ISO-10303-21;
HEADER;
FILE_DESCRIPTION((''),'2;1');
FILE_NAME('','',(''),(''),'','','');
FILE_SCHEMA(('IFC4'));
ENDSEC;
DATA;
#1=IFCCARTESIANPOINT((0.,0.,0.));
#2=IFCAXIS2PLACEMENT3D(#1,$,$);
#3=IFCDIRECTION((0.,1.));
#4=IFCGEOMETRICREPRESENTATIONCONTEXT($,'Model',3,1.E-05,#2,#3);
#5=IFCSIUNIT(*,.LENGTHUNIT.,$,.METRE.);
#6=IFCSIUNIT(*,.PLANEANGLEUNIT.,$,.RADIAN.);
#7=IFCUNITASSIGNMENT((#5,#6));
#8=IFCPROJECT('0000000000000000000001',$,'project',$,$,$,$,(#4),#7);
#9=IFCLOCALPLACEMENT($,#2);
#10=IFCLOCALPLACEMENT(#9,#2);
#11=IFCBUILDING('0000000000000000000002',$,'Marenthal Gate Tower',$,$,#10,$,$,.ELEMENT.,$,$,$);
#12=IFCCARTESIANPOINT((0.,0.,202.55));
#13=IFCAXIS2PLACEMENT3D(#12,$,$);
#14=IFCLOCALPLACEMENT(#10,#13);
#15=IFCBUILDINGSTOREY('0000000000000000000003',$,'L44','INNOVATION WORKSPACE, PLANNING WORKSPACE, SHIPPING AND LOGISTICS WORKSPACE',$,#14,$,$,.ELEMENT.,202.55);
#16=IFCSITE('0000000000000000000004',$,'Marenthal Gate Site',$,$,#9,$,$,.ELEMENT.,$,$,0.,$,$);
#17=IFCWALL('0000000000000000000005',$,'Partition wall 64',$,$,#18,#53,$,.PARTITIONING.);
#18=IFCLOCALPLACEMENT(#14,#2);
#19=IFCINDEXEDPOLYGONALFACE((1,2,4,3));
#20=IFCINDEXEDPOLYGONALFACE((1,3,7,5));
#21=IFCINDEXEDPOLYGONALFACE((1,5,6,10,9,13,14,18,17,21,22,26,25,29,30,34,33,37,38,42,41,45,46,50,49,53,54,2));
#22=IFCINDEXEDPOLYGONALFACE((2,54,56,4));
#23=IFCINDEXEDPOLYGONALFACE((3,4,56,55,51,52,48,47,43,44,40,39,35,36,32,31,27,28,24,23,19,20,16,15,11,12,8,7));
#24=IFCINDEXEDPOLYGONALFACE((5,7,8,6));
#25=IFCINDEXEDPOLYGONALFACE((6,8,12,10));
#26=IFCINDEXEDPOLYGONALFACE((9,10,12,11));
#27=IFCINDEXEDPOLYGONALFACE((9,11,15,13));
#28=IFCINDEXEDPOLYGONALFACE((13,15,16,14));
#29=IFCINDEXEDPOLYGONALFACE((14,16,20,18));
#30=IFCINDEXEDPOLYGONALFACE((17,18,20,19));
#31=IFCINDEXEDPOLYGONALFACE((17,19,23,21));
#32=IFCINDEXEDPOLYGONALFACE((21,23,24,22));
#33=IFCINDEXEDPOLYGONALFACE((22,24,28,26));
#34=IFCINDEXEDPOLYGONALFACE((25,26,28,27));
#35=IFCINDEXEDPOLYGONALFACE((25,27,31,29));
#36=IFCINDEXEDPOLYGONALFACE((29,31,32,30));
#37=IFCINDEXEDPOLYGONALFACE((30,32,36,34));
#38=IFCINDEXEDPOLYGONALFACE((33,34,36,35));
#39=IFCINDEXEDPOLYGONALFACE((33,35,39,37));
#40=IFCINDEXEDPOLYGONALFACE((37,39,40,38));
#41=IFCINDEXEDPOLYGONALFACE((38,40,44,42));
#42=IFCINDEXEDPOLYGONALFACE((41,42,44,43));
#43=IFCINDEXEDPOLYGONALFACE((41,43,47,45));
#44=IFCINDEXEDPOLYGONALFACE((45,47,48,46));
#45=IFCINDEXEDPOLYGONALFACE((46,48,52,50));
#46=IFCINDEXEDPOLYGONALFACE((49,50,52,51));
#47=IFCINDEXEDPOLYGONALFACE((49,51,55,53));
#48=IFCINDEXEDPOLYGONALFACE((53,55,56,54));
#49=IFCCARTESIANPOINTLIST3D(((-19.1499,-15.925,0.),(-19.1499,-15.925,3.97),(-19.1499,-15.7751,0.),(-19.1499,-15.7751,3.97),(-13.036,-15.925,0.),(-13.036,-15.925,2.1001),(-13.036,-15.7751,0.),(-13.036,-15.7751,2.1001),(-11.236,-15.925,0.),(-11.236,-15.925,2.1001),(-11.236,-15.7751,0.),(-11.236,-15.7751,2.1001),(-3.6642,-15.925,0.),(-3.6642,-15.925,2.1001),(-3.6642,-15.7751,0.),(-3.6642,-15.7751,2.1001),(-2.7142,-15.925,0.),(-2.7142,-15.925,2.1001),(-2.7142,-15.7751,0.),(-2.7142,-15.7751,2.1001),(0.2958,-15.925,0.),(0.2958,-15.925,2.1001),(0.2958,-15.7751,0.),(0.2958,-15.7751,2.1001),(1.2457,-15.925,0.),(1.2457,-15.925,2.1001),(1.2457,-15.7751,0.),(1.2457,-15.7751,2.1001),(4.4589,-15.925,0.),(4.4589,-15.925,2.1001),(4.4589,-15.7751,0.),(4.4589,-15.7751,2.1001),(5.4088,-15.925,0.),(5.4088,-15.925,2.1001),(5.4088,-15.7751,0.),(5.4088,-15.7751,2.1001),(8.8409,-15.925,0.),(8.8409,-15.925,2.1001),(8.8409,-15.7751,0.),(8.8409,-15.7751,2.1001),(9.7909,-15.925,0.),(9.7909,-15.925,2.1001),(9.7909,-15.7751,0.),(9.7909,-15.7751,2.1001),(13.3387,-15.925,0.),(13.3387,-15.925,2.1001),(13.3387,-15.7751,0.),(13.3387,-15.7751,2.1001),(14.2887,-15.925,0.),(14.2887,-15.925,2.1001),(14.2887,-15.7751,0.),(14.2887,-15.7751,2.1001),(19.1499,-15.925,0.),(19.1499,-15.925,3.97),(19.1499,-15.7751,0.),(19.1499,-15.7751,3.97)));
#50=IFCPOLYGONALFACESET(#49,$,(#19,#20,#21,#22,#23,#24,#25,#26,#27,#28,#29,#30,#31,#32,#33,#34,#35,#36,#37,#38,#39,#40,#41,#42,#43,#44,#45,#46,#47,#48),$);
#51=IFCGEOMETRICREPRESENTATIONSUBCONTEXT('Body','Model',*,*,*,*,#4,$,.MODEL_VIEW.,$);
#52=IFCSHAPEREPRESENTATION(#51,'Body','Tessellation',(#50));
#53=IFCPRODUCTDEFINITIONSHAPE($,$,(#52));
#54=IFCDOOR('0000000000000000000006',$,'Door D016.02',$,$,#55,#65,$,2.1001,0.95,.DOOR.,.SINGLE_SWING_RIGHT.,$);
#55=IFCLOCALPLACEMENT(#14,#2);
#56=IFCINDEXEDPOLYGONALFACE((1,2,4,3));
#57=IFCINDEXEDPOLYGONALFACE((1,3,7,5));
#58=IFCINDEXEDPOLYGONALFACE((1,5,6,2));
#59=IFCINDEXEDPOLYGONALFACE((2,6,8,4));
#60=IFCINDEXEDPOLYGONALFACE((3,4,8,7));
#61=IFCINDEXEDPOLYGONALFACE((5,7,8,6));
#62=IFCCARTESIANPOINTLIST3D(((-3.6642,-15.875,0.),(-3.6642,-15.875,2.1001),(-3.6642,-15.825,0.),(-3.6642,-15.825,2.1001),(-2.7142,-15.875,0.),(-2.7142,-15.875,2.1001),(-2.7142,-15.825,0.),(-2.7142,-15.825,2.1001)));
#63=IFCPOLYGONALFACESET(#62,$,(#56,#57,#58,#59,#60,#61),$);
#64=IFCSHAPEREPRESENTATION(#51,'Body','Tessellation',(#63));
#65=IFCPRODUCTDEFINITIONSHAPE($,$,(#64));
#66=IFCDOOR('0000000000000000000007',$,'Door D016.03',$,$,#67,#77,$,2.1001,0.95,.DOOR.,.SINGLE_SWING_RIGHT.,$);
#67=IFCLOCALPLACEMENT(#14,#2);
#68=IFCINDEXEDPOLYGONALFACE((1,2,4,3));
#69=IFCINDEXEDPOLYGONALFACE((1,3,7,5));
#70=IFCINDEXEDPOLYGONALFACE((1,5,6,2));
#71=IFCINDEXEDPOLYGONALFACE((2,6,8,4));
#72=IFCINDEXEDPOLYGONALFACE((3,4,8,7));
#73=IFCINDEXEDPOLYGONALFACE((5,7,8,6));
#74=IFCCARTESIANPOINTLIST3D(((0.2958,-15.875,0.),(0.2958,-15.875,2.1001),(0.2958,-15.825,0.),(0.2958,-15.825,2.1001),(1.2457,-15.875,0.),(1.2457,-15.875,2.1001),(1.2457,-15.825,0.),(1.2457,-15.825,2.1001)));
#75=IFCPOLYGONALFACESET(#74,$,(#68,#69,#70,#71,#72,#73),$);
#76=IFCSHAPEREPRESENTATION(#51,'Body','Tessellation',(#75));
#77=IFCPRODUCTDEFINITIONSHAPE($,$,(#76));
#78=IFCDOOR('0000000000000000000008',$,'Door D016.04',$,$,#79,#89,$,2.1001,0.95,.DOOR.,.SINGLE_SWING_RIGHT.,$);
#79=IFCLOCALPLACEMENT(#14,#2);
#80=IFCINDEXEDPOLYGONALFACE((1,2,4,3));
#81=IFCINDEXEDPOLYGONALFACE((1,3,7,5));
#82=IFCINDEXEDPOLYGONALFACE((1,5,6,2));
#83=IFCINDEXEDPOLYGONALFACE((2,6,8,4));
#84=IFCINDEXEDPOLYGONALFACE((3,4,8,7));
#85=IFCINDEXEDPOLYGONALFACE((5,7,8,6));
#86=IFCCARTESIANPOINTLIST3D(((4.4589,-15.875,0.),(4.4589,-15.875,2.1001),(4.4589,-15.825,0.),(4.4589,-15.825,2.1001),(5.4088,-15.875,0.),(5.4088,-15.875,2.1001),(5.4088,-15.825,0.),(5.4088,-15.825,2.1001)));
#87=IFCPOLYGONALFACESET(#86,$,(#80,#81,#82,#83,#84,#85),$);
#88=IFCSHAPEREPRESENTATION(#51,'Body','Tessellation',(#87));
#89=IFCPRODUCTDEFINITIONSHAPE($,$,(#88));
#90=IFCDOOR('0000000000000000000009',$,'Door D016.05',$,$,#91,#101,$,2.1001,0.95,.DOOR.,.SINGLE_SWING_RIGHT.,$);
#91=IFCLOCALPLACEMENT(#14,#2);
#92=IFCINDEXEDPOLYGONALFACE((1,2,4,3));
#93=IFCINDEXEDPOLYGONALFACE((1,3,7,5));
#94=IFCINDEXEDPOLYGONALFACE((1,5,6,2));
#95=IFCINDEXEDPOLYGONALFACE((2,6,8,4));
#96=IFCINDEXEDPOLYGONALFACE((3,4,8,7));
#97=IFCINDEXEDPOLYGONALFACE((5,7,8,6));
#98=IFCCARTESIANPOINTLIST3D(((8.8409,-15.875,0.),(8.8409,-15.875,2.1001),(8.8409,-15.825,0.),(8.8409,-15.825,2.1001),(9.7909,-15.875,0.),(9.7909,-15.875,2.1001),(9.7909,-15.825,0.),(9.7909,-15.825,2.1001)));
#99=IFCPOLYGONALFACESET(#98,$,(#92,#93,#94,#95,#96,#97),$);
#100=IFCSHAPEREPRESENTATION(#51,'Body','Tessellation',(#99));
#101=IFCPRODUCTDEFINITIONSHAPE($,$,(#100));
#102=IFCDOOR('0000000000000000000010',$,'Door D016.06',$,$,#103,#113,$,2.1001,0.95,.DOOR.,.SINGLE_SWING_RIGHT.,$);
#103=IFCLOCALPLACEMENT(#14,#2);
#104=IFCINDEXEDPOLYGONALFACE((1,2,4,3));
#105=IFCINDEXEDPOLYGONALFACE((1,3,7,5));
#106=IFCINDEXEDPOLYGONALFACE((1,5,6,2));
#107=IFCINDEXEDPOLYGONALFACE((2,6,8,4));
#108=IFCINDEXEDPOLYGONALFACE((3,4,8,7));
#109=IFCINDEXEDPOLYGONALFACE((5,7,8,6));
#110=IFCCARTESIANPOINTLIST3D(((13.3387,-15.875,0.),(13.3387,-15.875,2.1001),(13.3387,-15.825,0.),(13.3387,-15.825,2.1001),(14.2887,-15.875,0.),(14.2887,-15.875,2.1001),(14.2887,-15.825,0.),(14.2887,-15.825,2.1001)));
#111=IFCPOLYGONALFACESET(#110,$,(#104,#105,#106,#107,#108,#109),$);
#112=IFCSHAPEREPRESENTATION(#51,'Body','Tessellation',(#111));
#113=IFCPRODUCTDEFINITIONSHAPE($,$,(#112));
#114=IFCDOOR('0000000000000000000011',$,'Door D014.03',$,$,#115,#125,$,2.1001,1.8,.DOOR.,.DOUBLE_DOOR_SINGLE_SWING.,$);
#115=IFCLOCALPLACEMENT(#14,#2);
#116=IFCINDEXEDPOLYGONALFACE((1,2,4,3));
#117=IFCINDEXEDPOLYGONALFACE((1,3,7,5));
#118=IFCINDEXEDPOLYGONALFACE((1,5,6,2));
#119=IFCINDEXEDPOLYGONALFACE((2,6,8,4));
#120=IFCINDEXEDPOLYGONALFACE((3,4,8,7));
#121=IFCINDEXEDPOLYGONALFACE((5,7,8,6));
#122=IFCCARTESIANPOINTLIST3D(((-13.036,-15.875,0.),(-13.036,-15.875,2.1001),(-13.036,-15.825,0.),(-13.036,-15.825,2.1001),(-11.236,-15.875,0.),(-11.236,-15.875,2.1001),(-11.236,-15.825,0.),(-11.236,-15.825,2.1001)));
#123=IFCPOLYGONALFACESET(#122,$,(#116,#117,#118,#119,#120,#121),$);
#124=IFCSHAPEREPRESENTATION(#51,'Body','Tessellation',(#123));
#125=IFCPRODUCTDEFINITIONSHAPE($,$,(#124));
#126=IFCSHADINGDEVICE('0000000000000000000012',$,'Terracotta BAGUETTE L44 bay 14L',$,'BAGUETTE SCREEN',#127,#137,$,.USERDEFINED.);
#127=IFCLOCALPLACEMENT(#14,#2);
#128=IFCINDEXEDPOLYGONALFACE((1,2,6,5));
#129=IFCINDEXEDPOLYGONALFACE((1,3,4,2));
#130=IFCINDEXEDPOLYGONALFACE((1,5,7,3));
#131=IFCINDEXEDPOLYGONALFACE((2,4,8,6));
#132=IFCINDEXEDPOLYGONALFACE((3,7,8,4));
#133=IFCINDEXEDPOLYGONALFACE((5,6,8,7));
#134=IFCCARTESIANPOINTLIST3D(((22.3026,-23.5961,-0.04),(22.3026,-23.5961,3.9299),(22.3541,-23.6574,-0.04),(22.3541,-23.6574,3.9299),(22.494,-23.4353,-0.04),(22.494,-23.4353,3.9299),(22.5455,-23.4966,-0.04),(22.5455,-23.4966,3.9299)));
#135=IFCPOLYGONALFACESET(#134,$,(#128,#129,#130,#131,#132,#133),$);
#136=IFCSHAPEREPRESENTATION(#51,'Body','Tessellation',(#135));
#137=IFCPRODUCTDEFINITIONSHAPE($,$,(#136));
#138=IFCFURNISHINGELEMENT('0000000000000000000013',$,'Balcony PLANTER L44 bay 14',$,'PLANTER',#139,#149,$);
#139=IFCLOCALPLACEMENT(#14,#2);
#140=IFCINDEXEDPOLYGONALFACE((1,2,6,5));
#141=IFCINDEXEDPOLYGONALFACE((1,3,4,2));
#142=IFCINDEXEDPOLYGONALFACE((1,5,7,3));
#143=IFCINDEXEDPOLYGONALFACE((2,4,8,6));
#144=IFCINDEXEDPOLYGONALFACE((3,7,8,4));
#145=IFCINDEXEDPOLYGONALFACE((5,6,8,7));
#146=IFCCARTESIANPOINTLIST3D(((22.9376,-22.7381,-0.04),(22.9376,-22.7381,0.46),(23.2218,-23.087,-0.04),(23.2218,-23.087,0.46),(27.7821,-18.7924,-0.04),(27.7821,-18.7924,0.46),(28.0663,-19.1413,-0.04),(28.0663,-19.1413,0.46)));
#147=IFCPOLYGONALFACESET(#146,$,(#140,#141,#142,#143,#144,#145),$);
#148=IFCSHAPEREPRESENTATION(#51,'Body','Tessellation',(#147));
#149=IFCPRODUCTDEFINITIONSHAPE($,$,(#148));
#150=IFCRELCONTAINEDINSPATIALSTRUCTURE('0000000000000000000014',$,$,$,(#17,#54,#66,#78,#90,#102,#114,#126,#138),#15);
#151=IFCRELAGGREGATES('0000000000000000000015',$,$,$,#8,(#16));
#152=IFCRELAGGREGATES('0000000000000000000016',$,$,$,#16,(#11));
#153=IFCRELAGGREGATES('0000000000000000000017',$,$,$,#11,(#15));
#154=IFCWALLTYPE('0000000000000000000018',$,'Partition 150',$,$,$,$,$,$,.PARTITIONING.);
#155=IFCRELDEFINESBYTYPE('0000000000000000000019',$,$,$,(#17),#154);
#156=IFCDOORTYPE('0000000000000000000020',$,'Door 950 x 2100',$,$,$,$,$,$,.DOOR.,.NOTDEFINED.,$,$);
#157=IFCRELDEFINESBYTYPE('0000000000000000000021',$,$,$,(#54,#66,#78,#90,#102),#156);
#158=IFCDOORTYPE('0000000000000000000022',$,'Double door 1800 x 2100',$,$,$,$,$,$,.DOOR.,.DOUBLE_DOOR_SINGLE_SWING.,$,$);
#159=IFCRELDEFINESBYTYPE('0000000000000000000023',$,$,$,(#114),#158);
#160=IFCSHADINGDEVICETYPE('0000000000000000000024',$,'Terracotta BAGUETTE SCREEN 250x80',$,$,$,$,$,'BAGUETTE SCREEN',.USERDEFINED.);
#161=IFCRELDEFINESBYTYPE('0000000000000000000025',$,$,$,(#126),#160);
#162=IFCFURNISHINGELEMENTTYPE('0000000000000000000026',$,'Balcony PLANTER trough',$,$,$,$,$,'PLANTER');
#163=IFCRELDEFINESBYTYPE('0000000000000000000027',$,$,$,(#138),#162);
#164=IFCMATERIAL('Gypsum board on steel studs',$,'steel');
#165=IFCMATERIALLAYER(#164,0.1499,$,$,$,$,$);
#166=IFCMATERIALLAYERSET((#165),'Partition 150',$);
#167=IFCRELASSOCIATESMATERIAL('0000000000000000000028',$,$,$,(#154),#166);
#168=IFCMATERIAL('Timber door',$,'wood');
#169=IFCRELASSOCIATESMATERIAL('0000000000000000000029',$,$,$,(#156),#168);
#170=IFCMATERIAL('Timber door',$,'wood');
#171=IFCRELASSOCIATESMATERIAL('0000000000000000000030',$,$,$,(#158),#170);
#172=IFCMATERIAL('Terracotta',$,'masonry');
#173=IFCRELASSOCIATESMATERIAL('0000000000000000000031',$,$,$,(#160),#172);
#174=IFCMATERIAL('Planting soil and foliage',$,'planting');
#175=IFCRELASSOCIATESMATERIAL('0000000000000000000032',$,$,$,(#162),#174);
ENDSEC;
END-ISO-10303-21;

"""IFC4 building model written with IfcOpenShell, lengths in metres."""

from ifc_helpers import new_model, si_unit, direction, frame, frame_2d, origin, origin_2d, place, context, subcontext, project, spatial, rectangle, extrude, material, layer, layer_set, material_profile, profile_set, type_object, element, fill, save


model = new_model("IFC4")

# Units and contexts
model_context = context("Model", 3, precision=1e-05, world=origin(), true_north=direction((0.0, 1.0)))
body_context = subcontext(model_context, "Body", "Model", "MODEL_VIEW")
ifc_project = project(units=[si_unit("LENGTHUNIT", "METRE"), si_unit("PLANEANGLEUNIT", "RADIAN")], contexts=[model_context])

# Site, building, storey
site_placement = place(None, origin())
site = spatial("IfcSite", under=ifc_project, at=site_placement, Name="Marenthal Gate Site", CompositionType="ELEMENT", RefElevation=0.0)
building_placement = place(site_placement, origin())
building = spatial("IfcBuilding", under=site, at=building_placement, Name="Marenthal Gate Tower", CompositionType="ELEMENT")
storey_placement = place(building_placement, frame((0.0, 0.0, 202.55)))
storey = spatial("IfcBuildingStorey", under=building, at=storey_placement, Name="L44", Description="INNOVATION WORKSPACE, PLANNING WORKSPACE, SHIPPING AND LOGISTICS WORKSPACE", CompositionType="ELEMENT", Elevation=202.55)

# Wall, openings, doors
ifc_material_1 = material(Name="Gypsum board on steel studs", Category="steel")
ifc_layer_1 = layer(ifc_material_1, 0.1499)
ifc_layer_set_1 = layer_set([ifc_layer_1], Name="Partition 150")
wall_type_1 = type_object("IfcWallType", Name="Partition 150", PredefinedType="PARTITIONING", material=ifc_layer_set_1)
wall_1_placement = place(storey_placement, frame((19.1499, -15.8501, 0.0), z_axis=(0.0, 0.0, 1.0), x_axis=(-1.0, 0.0, 0.0)))
wall_1 = element("IfcWall", 1, at=wall_1_placement, inside=storey, type_object=wall_type_1, Name="Partition wall 64", PredefinedType="PARTITIONING", context=body_context, shape_type="SweptSolid", body=[
    extrude(rectangle(XDim=38.2998, YDim=0.1499, at=frame_2d((19.1499, 0.0))), origin(), (0.0, 0.0, 1.0), 3.97),
])
opening_1_placement = place(wall_1_placement, frame((30.386, 0.0, 0.0)))
opening_1 = element("IfcOpeningElement", 2, at=opening_1_placement, cuts=wall_1, PredefinedType="OPENING", context=body_context, shape_type="SweptSolid", body=[
    extrude(rectangle(XDim=1.8, YDim=2.1001, at=frame_2d((0.8999, 1.05))), frame((0.0, 0.085, 0.0), z_axis=(0.0, -1.0, 0.0), x_axis=(1.0, 0.0, 0.0)), (0.0, 0.0, 1.0), 0.1699),
])
opening_2_placement = place(wall_1_placement, frame((21.864, 0.0, 0.0)))
opening_2 = element("IfcOpeningElement", 3, at=opening_2_placement, cuts=wall_1, PredefinedType="OPENING", context=body_context, shape_type="SweptSolid", body=[
    extrude(rectangle(XDim=0.95, YDim=2.1001, at=frame_2d((0.4751, 1.05))), frame((0.0, 0.085, 0.0), z_axis=(0.0, -1.0, 0.0), x_axis=(1.0, 0.0, 0.0)), (0.0, 0.0, 1.0), 0.1699),
])
opening_3_placement = place(wall_1_placement, frame((17.9041, 0.0, 0.0)))
opening_3 = element("IfcOpeningElement", 4, at=opening_3_placement, cuts=wall_1, PredefinedType="OPENING", context=body_context, shape_type="SweptSolid", body=[
    extrude(rectangle(XDim=0.95, YDim=2.1001, at=frame_2d((0.4751, 1.05))), frame((0.0, 0.085, 0.0), z_axis=(0.0, -1.0, 0.0), x_axis=(1.0, 0.0, 0.0)), (0.0, 0.0, 1.0), 0.1699),
])
opening_4_placement = place(wall_1_placement, frame((13.741, 0.0, 0.0)))
opening_4 = element("IfcOpeningElement", 5, at=opening_4_placement, cuts=wall_1, PredefinedType="OPENING", context=body_context, shape_type="SweptSolid", body=[
    extrude(rectangle(XDim=0.95, YDim=2.1001, at=frame_2d((0.4751, 1.05))), frame((0.0, 0.085, 0.0), z_axis=(0.0, -1.0, 0.0), x_axis=(1.0, 0.0, 0.0)), (0.0, 0.0, 1.0), 0.1699),
])
opening_5_placement = place(wall_1_placement, frame((9.3589, 0.0, 0.0)))
opening_5 = element("IfcOpeningElement", 6, at=opening_5_placement, cuts=wall_1, PredefinedType="OPENING", context=body_context, shape_type="SweptSolid", body=[
    extrude(rectangle(XDim=0.95, YDim=2.1001, at=frame_2d((0.4751, 1.05))), frame((0.0, 0.085, 0.0), z_axis=(0.0, -1.0, 0.0), x_axis=(1.0, 0.0, 0.0)), (0.0, 0.0, 1.0), 0.1699),
])
opening_6_placement = place(wall_1_placement, frame((4.8611, 0.0, 0.0)))
opening_6 = element("IfcOpeningElement", 7, at=opening_6_placement, cuts=wall_1, PredefinedType="OPENING", context=body_context, shape_type="SweptSolid", body=[
    extrude(rectangle(XDim=0.95, YDim=2.1001, at=frame_2d((0.4751, 1.05))), frame((0.0, 0.085, 0.0), z_axis=(0.0, -1.0, 0.0), x_axis=(1.0, 0.0, 0.0)), (0.0, 0.0, 1.0), 0.1699),
])
ifc_material_2 = material(Name="Timber door", Category="wood")
door_type_1 = type_object("IfcDoorType", Name="Door 950 x 2100", OperationType="NOTDEFINED", PredefinedType="DOOR", material=ifc_material_2)
door_1_placement = place(opening_2_placement, origin())
door_1 = element("IfcDoor", 8, at=door_1_placement, inside=storey, type_object=door_type_1, Name="Door D016.02", OperationType="SINGLE_SWING_RIGHT", OverallHeight=2.1001, OverallWidth=0.95, PredefinedType="DOOR", context=body_context, shape_type="SweptSolid", body=[
    extrude(rectangle(XDim=0.95, YDim=2.1001, at=frame_2d((0.4751, 1.05))), frame((0.0, 0.0249, 0.0), z_axis=(0.0, -1.0, 0.0), x_axis=(1.0, 0.0, 0.0)), (0.0, 0.0, 1.0), 0.05),
])
fill(opening_2, door_1)
door_2_placement = place(opening_3_placement, origin())
door_2 = element("IfcDoor", 9, at=door_2_placement, inside=storey, type_object=door_type_1, Name="Door D016.03", OperationType="SINGLE_SWING_RIGHT", OverallHeight=2.1001, OverallWidth=0.95, PredefinedType="DOOR", context=body_context, shape_type="SweptSolid", body=[
    extrude(rectangle(XDim=0.95, YDim=2.1001, at=frame_2d((0.4751, 1.05))), frame((0.0, 0.0249, 0.0), z_axis=(0.0, -1.0, 0.0), x_axis=(1.0, 0.0, 0.0)), (0.0, 0.0, 1.0), 0.05),
])
fill(opening_3, door_2)
door_3_placement = place(opening_4_placement, origin())
door_3 = element("IfcDoor", 10, at=door_3_placement, inside=storey, type_object=door_type_1, Name="Door D016.04", OperationType="SINGLE_SWING_RIGHT", OverallHeight=2.1001, OverallWidth=0.95, PredefinedType="DOOR", context=body_context, shape_type="SweptSolid", body=[
    extrude(rectangle(XDim=0.95, YDim=2.1001, at=frame_2d((0.4751, 1.05))), frame((0.0, 0.0249, 0.0), z_axis=(0.0, -1.0, 0.0), x_axis=(1.0, 0.0, 0.0)), (0.0, 0.0, 1.0), 0.05),
])
fill(opening_4, door_3)
door_4_placement = place(opening_5_placement, origin())
door_4 = element("IfcDoor", 11, at=door_4_placement, inside=storey, type_object=door_type_1, Name="Door D016.05", OperationType="SINGLE_SWING_RIGHT", OverallHeight=2.1001, OverallWidth=0.95, PredefinedType="DOOR", context=body_context, shape_type="SweptSolid", body=[
    extrude(rectangle(XDim=0.95, YDim=2.1001, at=frame_2d((0.4751, 1.05))), frame((0.0, 0.0249, 0.0), z_axis=(0.0, -1.0, 0.0), x_axis=(1.0, 0.0, 0.0)), (0.0, 0.0, 1.0), 0.05),
])
fill(opening_5, door_4)
door_5_placement = place(opening_6_placement, origin())
door_5 = element("IfcDoor", 12, at=door_5_placement, inside=storey, type_object=door_type_1, Name="Door D016.06", OperationType="SINGLE_SWING_RIGHT", OverallHeight=2.1001, OverallWidth=0.95, PredefinedType="DOOR", context=body_context, shape_type="SweptSolid", body=[
    extrude(rectangle(XDim=0.95, YDim=2.1001, at=frame_2d((0.4751, 1.05))), frame((0.0, 0.0249, 0.0), z_axis=(0.0, -1.0, 0.0), x_axis=(1.0, 0.0, 0.0)), (0.0, 0.0, 1.0), 0.05),
])
fill(opening_6, door_5)
ifc_material_3 = material(Name="Timber door", Category="wood")
door_type_2 = type_object("IfcDoorType", Name="Double door 1800 x 2100", OperationType="DOUBLE_DOOR_SINGLE_SWING", PredefinedType="DOOR", material=ifc_material_3)
door_6_placement = place(opening_1_placement, origin())
door_6 = element("IfcDoor", 13, at=door_6_placement, inside=storey, type_object=door_type_2, Name="Door D014.03", OperationType="DOUBLE_DOOR_SINGLE_SWING", OverallHeight=2.1001, OverallWidth=1.8, PredefinedType="DOOR", context=body_context, shape_type="SweptSolid", body=[
    extrude(rectangle(XDim=1.8, YDim=2.1001, at=frame_2d((0.8999, 1.05))), frame((0.0, 0.0249, 0.0), z_axis=(0.0, -1.0, 0.0), x_axis=(1.0, 0.0, 0.0)), (0.0, 0.0, 1.0), 0.05),
])
fill(opening_1, door_6)

# Shading device
ifc_material_4 = material(Name="Terracotta", Category="masonry")
ifc_material_profile_1 = material_profile(ifc_material_4, rectangle(XDim=0.25, YDim=0.0801, at=origin_2d()), Name="Terracotta baguette 250x80")
ifc_profile_set_1 = profile_set([ifc_material_profile_1], Name="Terracotta")
shading_device_type = type_object("IfcShadingDeviceType", Name="Terracotta BAGUETTE SCREEN 250x80", ElementType="BAGUETTE SCREEN", PredefinedType="USERDEFINED", material=ifc_profile_set_1)
shading_device_placement = place(storey_placement, frame((22.4241, -23.5464, -0.04), z_axis=(0.0, 0.0, 1.0), x_axis=(0.765705, 0.643192, 0.0)))
element("IfcShadingDevice", 14, at=shading_device_placement, inside=storey, type_object=shading_device_type, Name="Terracotta BAGUETTE L44 bay 14L", ObjectType="BAGUETTE SCREEN", PredefinedType="USERDEFINED", context=body_context, shape_type="SweptSolid", body=[
    extrude(rectangle(XDim=0.25, YDim=0.0801, at=origin_2d()), origin(), (0.0, 0.0, 1.0), 3.97),
])

# Furnishing element
ifc_material_5 = material(Name="Planting soil and foliage", Category="planting")
furnishing_element_type = type_object("IfcFurnishingElementType", Name="Balcony PLANTER trough", ElementType="PLANTER", material=ifc_material_5)
furnishing_placement = place(storey_placement, frame((25.502, -20.9397, -0.04), z_axis=(0.0, 0.0, 1.0), x_axis=(0.77536, 0.63152, 0.0)))
element("IfcFurnishingElement", 15, at=furnishing_placement, inside=storey, type_object=furnishing_element_type, Name="Balcony PLANTER L44 bay 14", ObjectType="PLANTER", context=body_context, shape_type="SweptSolid", body=[
    extrude(rectangle(XDim=6.248, YDim=0.45, at=origin_2d()), origin(), (0.0, 0.0, 1.0), 0.5),
])

save(model, "model.ifc")
